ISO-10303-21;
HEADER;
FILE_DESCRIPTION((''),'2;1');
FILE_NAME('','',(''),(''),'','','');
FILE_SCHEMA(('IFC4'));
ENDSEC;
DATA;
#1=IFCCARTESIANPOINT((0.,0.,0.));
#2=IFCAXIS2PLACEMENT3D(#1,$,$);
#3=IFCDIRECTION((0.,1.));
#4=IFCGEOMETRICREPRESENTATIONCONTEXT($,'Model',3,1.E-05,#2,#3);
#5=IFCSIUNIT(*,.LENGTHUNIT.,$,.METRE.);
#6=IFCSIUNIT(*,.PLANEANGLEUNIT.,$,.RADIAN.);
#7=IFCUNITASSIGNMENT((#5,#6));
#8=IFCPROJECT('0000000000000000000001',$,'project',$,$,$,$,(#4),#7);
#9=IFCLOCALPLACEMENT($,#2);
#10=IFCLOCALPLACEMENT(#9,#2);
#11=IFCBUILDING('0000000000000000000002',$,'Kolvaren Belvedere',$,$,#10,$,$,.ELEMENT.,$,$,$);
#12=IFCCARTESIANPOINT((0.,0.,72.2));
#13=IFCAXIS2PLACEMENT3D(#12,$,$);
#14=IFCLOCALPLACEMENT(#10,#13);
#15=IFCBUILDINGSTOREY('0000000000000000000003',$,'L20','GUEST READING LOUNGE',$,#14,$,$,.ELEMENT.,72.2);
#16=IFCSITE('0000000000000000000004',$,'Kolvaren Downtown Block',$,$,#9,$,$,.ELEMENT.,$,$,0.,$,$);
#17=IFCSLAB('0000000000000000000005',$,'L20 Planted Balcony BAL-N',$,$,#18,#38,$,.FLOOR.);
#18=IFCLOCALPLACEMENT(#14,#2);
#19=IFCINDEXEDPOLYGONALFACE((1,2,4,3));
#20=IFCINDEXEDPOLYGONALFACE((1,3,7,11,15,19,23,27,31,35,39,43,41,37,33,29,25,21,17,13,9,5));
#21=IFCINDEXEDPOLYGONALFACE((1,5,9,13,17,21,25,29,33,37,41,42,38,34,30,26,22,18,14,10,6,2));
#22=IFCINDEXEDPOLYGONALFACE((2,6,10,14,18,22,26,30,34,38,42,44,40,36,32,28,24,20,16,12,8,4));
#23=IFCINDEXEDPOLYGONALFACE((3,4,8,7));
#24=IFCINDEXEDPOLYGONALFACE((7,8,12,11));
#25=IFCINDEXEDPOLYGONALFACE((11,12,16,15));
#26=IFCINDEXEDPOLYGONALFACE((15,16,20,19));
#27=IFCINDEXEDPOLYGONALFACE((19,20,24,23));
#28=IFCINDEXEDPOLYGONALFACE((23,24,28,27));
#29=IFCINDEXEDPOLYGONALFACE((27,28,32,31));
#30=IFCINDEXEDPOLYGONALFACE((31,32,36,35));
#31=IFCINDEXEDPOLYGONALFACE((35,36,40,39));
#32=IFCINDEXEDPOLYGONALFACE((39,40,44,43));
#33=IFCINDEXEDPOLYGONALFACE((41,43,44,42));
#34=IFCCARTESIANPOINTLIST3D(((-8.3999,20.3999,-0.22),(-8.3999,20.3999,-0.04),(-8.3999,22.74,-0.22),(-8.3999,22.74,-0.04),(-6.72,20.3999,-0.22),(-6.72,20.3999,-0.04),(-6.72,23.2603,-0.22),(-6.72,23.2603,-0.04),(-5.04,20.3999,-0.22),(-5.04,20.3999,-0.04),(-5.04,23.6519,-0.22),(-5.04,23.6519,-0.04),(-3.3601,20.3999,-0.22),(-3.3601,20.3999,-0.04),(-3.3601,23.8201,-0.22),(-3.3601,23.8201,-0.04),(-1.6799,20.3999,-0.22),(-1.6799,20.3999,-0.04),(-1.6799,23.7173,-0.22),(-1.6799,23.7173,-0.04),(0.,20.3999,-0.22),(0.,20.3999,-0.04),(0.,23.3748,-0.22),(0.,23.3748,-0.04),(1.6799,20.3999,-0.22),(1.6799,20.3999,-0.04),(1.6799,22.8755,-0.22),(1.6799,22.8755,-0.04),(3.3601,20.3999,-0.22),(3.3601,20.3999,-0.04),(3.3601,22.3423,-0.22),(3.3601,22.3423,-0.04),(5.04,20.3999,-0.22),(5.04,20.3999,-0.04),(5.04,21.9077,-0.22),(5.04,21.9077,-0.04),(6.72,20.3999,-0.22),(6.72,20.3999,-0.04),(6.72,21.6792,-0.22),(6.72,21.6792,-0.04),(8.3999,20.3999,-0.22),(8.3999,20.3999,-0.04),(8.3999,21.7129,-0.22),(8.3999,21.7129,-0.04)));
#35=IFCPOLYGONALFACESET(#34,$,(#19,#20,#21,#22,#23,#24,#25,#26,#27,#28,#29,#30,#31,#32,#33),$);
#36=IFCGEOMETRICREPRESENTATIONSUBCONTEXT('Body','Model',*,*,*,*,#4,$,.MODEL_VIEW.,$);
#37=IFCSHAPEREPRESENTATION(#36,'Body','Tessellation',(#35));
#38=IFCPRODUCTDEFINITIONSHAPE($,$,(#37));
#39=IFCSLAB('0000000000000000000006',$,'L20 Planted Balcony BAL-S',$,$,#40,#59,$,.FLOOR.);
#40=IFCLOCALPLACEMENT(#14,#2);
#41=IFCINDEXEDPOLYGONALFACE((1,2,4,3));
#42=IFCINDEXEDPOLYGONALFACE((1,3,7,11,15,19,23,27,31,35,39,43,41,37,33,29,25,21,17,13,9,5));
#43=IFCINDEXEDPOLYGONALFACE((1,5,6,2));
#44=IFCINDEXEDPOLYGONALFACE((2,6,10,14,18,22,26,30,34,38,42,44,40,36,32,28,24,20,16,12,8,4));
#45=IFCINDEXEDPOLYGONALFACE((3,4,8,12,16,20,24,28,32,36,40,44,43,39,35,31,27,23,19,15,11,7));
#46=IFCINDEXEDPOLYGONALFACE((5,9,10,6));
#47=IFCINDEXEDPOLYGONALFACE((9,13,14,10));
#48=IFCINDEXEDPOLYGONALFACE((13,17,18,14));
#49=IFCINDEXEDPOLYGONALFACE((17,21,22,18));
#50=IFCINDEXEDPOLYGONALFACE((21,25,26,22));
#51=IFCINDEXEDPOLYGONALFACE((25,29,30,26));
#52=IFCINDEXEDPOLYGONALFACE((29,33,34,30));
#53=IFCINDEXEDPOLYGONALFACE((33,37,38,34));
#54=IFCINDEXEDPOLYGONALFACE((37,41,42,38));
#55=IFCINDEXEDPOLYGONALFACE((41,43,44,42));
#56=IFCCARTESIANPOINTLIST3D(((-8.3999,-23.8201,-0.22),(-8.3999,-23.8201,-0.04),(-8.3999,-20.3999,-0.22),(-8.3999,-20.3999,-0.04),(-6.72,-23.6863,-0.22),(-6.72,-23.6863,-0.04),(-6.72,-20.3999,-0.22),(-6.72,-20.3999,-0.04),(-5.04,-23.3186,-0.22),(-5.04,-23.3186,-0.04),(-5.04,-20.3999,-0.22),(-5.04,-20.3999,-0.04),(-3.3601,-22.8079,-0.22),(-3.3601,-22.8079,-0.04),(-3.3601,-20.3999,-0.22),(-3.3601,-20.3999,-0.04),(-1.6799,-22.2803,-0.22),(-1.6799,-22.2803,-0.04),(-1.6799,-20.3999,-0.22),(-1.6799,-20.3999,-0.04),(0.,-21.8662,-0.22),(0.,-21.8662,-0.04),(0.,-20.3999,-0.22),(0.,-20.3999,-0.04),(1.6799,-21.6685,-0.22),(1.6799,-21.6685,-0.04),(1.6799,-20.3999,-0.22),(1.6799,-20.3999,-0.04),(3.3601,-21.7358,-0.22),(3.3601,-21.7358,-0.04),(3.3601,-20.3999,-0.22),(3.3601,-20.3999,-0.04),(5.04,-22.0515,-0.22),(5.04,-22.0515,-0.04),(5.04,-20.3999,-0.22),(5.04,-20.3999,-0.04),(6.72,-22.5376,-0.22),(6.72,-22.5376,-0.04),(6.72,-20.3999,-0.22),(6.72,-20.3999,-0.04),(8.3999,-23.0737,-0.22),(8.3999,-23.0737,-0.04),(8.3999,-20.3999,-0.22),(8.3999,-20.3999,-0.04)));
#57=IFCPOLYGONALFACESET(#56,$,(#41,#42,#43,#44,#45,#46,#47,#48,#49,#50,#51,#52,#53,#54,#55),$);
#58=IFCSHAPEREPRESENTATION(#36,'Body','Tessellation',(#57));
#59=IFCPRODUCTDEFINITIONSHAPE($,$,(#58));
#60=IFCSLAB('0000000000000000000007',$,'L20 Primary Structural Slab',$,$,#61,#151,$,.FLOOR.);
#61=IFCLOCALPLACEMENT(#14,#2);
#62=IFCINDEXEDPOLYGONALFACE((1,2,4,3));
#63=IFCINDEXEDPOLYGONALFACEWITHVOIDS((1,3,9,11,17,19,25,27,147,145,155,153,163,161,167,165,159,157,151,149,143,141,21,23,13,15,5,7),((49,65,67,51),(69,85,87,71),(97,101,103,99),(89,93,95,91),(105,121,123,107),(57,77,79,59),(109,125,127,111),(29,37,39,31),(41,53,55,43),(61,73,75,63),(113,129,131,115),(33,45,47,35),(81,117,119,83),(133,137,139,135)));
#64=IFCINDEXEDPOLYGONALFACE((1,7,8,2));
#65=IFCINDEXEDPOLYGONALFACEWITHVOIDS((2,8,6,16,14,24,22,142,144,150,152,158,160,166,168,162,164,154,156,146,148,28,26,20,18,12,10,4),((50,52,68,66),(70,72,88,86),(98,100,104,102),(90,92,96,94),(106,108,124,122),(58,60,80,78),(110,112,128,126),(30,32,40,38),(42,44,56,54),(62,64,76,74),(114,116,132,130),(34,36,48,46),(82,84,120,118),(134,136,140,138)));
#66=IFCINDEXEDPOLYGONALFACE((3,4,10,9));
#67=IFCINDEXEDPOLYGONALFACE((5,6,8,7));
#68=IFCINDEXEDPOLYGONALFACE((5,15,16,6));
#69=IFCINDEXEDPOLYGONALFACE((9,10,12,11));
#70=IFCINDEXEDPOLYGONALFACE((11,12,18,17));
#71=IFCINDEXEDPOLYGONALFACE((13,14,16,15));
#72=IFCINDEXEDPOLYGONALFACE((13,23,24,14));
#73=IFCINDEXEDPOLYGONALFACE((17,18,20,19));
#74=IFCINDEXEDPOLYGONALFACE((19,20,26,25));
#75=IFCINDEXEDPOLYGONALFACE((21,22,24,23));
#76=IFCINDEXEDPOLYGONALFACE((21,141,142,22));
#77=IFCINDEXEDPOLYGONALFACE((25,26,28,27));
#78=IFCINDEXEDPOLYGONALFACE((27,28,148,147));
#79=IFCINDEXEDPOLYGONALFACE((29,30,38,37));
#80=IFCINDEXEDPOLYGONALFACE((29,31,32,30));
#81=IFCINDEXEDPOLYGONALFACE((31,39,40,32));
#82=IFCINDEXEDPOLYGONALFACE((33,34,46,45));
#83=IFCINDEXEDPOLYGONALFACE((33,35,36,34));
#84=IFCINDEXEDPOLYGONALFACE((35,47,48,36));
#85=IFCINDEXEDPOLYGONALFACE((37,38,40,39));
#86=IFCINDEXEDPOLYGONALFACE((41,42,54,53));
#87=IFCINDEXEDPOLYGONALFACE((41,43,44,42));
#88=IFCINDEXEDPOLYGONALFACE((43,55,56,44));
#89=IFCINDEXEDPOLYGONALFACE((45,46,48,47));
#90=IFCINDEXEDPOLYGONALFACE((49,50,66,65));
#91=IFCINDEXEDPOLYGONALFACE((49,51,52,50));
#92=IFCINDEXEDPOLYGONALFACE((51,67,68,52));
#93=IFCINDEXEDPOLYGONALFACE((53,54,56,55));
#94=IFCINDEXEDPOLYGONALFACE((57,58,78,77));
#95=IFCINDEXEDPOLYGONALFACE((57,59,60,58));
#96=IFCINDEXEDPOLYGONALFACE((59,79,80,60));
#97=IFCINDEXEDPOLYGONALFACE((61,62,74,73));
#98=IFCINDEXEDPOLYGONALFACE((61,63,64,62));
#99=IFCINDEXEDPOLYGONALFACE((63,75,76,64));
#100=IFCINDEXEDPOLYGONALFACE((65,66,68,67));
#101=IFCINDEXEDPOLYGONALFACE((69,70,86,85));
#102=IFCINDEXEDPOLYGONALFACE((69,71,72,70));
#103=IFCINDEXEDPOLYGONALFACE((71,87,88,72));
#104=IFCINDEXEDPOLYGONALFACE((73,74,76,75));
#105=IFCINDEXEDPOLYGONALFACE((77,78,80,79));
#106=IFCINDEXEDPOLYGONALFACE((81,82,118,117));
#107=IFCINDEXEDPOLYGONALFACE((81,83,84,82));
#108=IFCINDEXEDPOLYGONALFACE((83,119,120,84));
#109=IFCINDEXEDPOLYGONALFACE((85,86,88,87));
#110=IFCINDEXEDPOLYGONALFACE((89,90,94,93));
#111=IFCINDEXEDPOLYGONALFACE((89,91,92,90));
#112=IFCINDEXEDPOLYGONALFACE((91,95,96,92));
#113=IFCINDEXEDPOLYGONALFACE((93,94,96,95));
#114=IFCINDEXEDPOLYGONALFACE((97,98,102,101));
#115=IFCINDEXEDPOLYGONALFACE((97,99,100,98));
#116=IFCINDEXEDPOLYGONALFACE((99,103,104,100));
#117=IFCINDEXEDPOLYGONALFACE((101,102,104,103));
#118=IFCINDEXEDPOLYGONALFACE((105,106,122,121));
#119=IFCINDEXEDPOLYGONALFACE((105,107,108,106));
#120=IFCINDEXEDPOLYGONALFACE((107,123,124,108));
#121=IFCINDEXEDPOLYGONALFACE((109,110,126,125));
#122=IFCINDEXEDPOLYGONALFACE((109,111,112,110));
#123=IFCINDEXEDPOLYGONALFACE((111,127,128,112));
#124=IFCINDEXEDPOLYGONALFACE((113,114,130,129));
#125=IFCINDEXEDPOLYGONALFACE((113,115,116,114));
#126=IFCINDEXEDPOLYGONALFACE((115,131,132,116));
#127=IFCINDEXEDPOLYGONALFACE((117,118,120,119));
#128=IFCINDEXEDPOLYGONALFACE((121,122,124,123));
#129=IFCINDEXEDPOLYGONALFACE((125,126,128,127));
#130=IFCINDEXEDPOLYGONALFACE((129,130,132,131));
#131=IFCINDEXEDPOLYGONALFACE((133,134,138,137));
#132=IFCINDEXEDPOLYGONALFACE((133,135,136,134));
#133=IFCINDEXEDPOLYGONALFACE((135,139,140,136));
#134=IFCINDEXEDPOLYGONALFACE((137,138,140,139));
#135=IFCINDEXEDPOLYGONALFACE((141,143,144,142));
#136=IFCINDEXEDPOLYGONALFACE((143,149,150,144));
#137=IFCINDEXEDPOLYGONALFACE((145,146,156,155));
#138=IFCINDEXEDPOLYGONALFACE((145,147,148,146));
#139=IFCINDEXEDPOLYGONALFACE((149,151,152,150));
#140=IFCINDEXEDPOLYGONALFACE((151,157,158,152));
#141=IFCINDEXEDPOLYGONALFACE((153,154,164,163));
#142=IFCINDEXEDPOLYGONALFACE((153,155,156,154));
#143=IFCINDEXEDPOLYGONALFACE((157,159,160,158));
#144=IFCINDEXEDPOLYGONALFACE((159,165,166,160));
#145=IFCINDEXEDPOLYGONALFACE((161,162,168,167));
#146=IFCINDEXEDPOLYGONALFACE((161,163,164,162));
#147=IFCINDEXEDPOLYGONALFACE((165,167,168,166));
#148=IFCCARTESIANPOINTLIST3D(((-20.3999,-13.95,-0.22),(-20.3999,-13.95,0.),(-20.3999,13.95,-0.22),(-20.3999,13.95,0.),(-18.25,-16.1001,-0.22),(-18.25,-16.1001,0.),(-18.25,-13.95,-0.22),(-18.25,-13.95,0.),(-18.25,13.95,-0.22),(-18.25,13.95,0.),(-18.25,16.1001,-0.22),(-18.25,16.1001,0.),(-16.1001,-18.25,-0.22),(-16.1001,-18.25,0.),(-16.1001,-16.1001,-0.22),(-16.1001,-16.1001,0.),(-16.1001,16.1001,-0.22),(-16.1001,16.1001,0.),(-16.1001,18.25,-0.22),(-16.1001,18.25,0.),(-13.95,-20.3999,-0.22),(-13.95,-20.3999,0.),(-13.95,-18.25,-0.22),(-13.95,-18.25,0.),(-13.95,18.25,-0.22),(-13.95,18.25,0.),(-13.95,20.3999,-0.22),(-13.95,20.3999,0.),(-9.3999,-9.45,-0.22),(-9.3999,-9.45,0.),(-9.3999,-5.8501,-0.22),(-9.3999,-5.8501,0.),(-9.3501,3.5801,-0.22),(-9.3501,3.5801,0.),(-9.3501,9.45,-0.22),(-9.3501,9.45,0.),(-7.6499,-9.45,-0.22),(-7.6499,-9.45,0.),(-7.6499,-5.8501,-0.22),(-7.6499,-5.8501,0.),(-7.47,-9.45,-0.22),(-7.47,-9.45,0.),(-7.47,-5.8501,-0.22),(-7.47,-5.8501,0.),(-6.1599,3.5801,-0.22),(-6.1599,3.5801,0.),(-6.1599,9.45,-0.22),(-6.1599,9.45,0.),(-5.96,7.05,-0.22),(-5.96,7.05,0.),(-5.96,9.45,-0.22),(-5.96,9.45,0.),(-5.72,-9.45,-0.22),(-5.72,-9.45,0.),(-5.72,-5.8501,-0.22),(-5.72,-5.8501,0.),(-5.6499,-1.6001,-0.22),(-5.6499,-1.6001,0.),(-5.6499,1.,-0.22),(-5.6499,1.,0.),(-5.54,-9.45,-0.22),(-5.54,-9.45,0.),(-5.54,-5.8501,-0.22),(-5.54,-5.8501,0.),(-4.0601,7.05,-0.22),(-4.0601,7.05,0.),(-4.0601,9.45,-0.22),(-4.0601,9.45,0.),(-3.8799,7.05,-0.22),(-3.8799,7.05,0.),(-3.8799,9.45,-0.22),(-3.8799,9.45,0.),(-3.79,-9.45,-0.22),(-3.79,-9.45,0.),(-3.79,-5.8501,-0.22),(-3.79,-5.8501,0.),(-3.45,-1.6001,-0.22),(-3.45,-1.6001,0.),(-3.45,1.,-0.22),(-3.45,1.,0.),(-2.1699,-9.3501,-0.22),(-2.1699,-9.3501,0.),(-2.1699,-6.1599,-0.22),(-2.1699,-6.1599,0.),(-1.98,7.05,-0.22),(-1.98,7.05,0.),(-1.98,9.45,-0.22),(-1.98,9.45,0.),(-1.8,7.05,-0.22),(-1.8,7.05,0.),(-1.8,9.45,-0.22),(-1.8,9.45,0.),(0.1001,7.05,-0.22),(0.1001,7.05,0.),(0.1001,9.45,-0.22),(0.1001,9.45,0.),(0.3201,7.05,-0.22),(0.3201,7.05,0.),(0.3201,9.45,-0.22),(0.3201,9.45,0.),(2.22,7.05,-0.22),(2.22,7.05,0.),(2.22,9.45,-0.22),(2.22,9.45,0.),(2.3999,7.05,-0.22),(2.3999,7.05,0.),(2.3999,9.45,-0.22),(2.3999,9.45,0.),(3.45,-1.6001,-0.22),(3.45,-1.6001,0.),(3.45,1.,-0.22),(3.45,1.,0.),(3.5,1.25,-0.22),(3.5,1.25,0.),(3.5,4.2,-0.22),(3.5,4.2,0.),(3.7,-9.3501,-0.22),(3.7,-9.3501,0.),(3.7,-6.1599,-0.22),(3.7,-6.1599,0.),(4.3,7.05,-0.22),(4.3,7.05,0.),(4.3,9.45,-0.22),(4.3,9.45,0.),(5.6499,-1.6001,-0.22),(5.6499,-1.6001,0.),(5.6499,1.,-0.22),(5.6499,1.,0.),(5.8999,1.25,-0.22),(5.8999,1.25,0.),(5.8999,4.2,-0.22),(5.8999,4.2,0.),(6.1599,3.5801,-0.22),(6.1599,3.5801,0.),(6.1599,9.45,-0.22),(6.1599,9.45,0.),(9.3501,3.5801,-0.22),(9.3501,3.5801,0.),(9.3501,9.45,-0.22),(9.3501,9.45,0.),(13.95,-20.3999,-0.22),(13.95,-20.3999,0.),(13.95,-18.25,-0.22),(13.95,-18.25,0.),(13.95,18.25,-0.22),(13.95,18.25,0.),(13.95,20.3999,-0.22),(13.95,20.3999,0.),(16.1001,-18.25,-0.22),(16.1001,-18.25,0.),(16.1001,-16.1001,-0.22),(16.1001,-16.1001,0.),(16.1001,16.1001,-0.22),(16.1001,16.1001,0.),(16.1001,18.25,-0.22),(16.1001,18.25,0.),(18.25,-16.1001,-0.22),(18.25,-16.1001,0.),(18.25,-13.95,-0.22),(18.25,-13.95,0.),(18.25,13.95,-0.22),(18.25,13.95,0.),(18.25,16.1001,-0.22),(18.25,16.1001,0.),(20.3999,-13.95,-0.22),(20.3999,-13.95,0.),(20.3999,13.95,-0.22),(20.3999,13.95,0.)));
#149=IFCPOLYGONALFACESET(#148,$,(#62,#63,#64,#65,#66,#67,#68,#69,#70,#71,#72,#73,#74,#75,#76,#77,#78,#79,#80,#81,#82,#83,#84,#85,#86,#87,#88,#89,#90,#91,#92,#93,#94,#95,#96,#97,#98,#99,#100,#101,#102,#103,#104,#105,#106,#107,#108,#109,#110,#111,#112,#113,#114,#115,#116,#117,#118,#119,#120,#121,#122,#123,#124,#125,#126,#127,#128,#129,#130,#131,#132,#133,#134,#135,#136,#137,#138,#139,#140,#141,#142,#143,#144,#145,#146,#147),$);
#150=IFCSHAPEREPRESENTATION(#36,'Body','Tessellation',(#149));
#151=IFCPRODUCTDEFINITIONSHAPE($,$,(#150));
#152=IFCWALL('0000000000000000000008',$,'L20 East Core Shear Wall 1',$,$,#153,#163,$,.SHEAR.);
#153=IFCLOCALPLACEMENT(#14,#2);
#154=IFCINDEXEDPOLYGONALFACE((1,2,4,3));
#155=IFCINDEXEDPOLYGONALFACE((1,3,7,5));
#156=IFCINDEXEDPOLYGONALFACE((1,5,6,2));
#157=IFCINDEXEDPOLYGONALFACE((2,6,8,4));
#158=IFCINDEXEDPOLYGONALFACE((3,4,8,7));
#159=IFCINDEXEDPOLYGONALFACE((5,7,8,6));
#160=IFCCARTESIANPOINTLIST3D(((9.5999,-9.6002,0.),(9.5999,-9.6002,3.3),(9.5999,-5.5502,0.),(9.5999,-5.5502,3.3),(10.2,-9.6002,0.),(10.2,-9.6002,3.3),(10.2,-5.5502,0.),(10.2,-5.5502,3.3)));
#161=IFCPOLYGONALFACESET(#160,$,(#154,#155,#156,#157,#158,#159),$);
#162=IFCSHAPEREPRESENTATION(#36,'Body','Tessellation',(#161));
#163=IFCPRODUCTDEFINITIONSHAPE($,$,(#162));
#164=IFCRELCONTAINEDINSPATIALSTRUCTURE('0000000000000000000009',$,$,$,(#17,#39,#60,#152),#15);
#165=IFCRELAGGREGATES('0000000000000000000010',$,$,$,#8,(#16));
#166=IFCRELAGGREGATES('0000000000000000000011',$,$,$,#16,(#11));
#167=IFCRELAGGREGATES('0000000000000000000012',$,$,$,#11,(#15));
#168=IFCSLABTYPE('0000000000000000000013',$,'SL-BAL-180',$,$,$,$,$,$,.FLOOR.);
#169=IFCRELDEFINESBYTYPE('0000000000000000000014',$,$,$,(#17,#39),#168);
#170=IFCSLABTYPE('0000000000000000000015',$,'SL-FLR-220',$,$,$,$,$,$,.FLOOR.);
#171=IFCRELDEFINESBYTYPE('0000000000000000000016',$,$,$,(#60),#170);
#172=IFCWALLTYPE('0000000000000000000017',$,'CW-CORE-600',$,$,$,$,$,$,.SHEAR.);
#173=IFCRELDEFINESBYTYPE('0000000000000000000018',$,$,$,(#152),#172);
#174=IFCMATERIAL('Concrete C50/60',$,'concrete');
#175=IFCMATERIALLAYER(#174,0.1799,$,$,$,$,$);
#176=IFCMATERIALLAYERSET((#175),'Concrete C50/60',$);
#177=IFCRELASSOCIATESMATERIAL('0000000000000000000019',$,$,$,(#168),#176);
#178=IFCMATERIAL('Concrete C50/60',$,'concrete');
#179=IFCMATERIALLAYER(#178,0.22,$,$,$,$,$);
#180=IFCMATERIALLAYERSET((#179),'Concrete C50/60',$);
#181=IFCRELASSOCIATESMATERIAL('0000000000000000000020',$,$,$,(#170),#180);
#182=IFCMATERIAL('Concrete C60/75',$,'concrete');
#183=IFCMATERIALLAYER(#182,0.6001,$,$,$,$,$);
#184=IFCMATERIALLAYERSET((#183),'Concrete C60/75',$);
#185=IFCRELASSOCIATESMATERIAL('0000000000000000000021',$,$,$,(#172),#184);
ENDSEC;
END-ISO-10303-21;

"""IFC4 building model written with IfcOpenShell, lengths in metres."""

from ifc_helpers import new_model, si_unit, direction, frame, frame_2d, origin, place, context, subcontext, project, spatial, polyline, rectangle, outline, extrude, material, layer, layer_set, type_object, element, save


model = new_model("IFC4")

# Units and contexts
model_context = context("Model", 3, precision=1e-05, world=origin(), true_north=direction((0.0, 1.0)))
body_context = subcontext(model_context, "Body", "Model", "MODEL_VIEW")
ifc_project = project(units=[si_unit("LENGTHUNIT", "METRE"), si_unit("PLANEANGLEUNIT", "RADIAN")], contexts=[model_context])

# Site, building, storey
site_placement = place(None, origin())
site = spatial("IfcSite", under=ifc_project, at=site_placement, Name="Kolvaren Downtown Block", CompositionType="ELEMENT", RefElevation=0.0)
building_placement = place(site_placement, origin())
building = spatial("IfcBuilding", under=site, at=building_placement, Name="Kolvaren Belvedere", CompositionType="ELEMENT")
storey_placement = place(building_placement, frame((0.0, 0.0, 72.2)))
storey = spatial("IfcBuildingStorey", under=building, at=storey_placement, Name="L20", Description="GUEST READING LOUNGE", CompositionType="ELEMENT", Elevation=72.2)

# Slabs
ifc_material_1 = material(Name="Concrete C50/60", Category="concrete")
ifc_layer_1 = layer(ifc_material_1, 0.1799)
ifc_layer_set_1 = layer_set([ifc_layer_1], Name="Concrete C50/60")
slab_type_1 = type_object("IfcSlabType", Name="SL-BAL-180", PredefinedType="FLOOR", material=ifc_layer_set_1)
slab_1_placement = place(storey_placement, frame((0.0, 0.0, -0.22)))
element("IfcSlab", 1, at=slab_1_placement, inside=storey, type_object=slab_type_1, Name="L20 Planted Balcony BAL-N", PredefinedType="FLOOR", context=body_context, shape_type="SweptSolid", body=[
    extrude(outline(polyline([(-8.3999, 20.3999), (-6.72, 20.3999), (-5.04, 20.3999), (-3.3601, 20.3999), (-1.6799, 20.3999), (0.0, 20.3999), (1.6799, 20.3999), (3.3601, 20.3999), (5.04, 20.3999), (6.72, 20.3999), (8.3999, 20.3999), (8.3999, 21.7129), (6.72, 21.6792), (5.04, 21.9077), (3.3601, 22.3423), (1.6799, 22.8755), (0.0, 23.3748), (-1.6799, 23.7173), (-3.3601, 23.8201), (-5.04, 23.6519), (-6.72, 23.2603), (-8.3999, 22.74), (-8.3999, 20.3999)])), origin(), (0.0, 0.0, 1.0), 0.1799),
])
slab_2_placement = place(storey_placement, frame((0.0, 0.0, -0.22)))
element("IfcSlab", 2, at=slab_2_placement, inside=storey, type_object=slab_type_1, Name="L20 Planted Balcony BAL-S", PredefinedType="FLOOR", context=body_context, shape_type="SweptSolid", body=[
    extrude(outline(polyline([(-8.3999, -23.8201), (-6.72, -23.6863), (-5.04, -23.3186), (-3.3601, -22.8079), (-1.6799, -22.2803), (0.0, -21.8662), (1.6799, -21.6685), (3.3601, -21.7358), (5.04, -22.0515), (6.72, -22.5376), (8.3999, -23.0737), (8.3999, -20.3999), (6.72, -20.3999), (5.04, -20.3999), (3.3601, -20.3999), (1.6799, -20.3999), (0.0, -20.3999), (-1.6799, -20.3999), (-3.3601, -20.3999), (-5.04, -20.3999), (-6.72, -20.3999), (-8.3999, -20.3999), (-8.3999, -23.8201)])), origin(), (0.0, 0.0, 1.0), 0.1799),
])
ifc_material_2 = material(Name="Concrete C50/60", Category="concrete")
ifc_layer_2 = layer(ifc_material_2, 0.22)
ifc_layer_set_2 = layer_set([ifc_layer_2], Name="Concrete C50/60")
slab_type_2 = type_object("IfcSlabType", Name="SL-FLR-220", PredefinedType="FLOOR", material=ifc_layer_set_2)
slab_3_placement = place(storey_placement, frame((0.0, 0.0, -0.22)))
element("IfcSlab", 3, at=slab_3_placement, inside=storey, type_object=slab_type_2, Name="L20 Primary Structural Slab", PredefinedType="FLOOR", context=body_context, shape_type="SweptSolid", body=[
    extrude(outline(polyline([(-13.95, -20.3999), (13.95, -20.3999), (13.95, -18.25), (16.1001, -18.25), (16.1001, -16.1001), (18.25, -16.1001), (18.25, -13.95), (20.3999, -13.95), (20.3999, 13.95), (18.25, 13.95), (18.25, 16.1001), (16.1001, 16.1001), (16.1001, 18.25), (13.95, 18.25), (13.95, 20.3999), (-13.95, 20.3999), (-13.95, 18.25), (-16.1001, 18.25), (-16.1001, 16.1001), (-18.25, 16.1001), (-18.25, 13.95), (-20.3999, 13.95), (-20.3999, -13.95), (-18.25, -13.95), (-18.25, -16.1001), (-16.1001, -16.1001), (-16.1001, -18.25), (-13.95, -18.25), (-13.95, -20.3999)]), holes=[polyline([(-9.3501, 3.5801), (-6.1599, 3.5801), (-6.1599, 9.45), (-9.3501, 9.45), (-9.3501, 3.5801)]), polyline([(6.1599, 3.5801), (9.3501, 3.5801), (9.3501, 9.45), (6.1599, 9.45), (6.1599, 3.5801)]), polyline([(-2.1699, -9.3501), (3.7, -9.3501), (3.7, -6.1599), (-2.1699, -6.1599), (-2.1699, -9.3501)]), polyline([(-5.6499, -1.6001), (-3.45, -1.6001), (-3.45, 1.0), (-5.6499, 1.0), (-5.6499, -1.6001)]), polyline([(3.5, 1.25), (5.8999, 1.25), (5.8999, 4.2), (3.5, 4.2), (3.5, 1.25)]), polyline([(3.45, -1.6001), (5.6499, -1.6001), (5.6499, 1.0), (3.45, 1.0), (3.45, -1.6001)]), polyline([(-5.96, 7.05), (-4.0601, 7.05), (-4.0601, 9.45), (-5.96, 9.45), (-5.96, 7.05)]), polyline([(-3.8799, 7.05), (-1.98, 7.05), (-1.98, 9.45), (-3.8799, 9.45), (-3.8799, 7.05)]), polyline([(-1.8, 7.05), (0.1001, 7.05), (0.1001, 9.45), (-1.8, 9.45), (-1.8, 7.05)]), polyline([(-9.3999, -9.45), (-7.6499, -9.45), (-7.6499, -5.8501), (-9.3999, -5.8501), (-9.3999, -9.45)]), polyline([(-7.47, -9.45), (-5.72, -9.45), (-5.72, -5.8501), (-7.47, -5.8501), (-7.47, -9.45)]), polyline([(-5.54, -9.45), (-3.79, -9.45), (-3.79, -5.8501), (-5.54, -5.8501), (-5.54, -9.45)]), polyline([(0.3201, 7.05), (2.22, 7.05), (2.22, 9.45), (0.3201, 9.45), (0.3201, 7.05)]), polyline([(2.3999, 7.05), (4.3, 7.05), (4.3, 9.45), (2.3999, 9.45), (2.3999, 7.05)])]), origin(), (0.0, 0.0, 1.0), 0.22),
])

# Wall
ifc_material_3 = material(Name="Concrete C60/75", Category="concrete")
ifc_layer_3 = layer(ifc_material_3, 0.6001)
ifc_layer_set_3 = layer_set([ifc_layer_3], Name="Concrete C60/75")
wall_type_1 = type_object("IfcWallType", Name="CW-CORE-600", PredefinedType="SHEAR", material=ifc_layer_set_3)
wall_1_placement = place(storey_placement, frame((9.8999, -9.6001, 0.0), z_axis=(0.0, 0.0, 1.0), x_axis=(0.0, 1.0, 0.0)))
element("IfcWall", 4, at=wall_1_placement, inside=storey, type_object=wall_type_1, Name="L20 East Core Shear Wall 1", PredefinedType="SHEAR", context=body_context, shape_type="SweptSolid", body=[
    extrude(rectangle(XDim=4.05, YDim=0.6001, at=frame_2d((2.0249, 0.0))), origin(), (0.0, 0.0, 1.0), 3.3),
])

save(model, "model.ifc")
